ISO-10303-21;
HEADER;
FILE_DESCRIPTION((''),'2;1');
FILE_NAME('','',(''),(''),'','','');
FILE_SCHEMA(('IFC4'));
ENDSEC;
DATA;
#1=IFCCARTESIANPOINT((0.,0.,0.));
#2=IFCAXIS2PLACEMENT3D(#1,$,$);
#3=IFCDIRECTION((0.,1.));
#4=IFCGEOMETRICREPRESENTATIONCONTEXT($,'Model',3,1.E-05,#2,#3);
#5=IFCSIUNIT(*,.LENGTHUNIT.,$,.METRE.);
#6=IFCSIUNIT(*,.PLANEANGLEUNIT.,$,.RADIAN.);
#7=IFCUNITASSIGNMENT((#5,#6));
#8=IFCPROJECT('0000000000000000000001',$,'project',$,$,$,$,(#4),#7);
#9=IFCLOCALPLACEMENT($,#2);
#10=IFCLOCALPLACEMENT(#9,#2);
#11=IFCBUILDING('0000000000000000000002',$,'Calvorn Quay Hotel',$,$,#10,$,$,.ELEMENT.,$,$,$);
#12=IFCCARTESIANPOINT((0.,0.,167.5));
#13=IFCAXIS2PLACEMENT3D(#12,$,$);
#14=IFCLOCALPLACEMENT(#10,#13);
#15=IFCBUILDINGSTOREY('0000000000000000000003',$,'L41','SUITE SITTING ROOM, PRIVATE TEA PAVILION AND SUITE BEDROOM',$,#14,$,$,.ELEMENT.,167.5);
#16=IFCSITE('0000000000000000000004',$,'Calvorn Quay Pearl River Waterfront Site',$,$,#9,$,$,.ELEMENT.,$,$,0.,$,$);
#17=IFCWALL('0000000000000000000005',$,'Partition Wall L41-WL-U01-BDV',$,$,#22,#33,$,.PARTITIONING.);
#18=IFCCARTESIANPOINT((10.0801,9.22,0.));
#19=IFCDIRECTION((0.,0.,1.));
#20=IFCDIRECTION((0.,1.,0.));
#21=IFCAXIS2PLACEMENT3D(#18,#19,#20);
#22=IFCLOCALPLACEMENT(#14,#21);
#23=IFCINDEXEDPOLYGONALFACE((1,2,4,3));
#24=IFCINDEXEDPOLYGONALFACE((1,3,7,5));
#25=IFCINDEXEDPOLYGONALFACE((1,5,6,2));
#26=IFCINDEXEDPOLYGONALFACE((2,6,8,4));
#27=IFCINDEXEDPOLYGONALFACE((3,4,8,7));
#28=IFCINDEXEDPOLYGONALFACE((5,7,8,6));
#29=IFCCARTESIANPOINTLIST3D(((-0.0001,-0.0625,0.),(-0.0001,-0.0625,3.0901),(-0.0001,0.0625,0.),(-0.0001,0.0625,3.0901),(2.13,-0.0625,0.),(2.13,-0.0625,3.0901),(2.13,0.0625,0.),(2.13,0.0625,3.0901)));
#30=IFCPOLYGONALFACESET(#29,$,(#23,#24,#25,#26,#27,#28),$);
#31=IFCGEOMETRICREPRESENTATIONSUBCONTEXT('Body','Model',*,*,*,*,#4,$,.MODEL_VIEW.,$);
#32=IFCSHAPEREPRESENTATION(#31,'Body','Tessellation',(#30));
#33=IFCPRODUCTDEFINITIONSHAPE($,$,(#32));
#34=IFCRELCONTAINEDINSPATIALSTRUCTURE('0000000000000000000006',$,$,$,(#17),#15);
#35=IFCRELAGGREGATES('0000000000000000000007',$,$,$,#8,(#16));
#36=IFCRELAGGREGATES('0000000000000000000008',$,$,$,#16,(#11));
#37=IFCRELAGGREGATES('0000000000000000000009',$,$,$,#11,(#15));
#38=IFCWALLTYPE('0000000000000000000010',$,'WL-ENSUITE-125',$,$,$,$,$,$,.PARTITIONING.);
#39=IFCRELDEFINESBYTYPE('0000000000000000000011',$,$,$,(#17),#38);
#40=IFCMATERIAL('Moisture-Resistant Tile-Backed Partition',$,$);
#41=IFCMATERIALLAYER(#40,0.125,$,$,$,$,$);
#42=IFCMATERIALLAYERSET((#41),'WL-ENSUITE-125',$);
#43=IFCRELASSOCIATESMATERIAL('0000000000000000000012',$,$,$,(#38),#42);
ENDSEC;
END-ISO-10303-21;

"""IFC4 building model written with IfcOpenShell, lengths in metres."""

from ifc_helpers import new_model, si_unit, direction, frame, frame_2d, origin, place, context, subcontext, project, spatial, rectangle, extrude, material, layer, layer_set, type_object, element, save


model = new_model("IFC4")

# Units and contexts
model_context = context("Model", 3, precision=1e-05, world=origin(), true_north=direction((0.0, 1.0)))
body_context = subcontext(model_context, "Body", "Model", "MODEL_VIEW")
ifc_project = project(units=[si_unit("LENGTHUNIT", "METRE"), si_unit("PLANEANGLEUNIT", "RADIAN")], contexts=[model_context])

# Site, building, storey
site_placement = place(None, origin())
site = spatial("IfcSite", under=ifc_project, at=site_placement, Name="Calvorn Quay Pearl River Waterfront Site", CompositionType="ELEMENT", RefElevation=0.0)
building_placement = place(site_placement, origin())
building = spatial("IfcBuilding", under=site, at=building_placement, Name="Calvorn Quay Hotel", CompositionType="ELEMENT")
storey_placement = place(building_placement, frame((0.0, 0.0, 167.5)))
storey = spatial("IfcBuildingStorey", under=building, at=storey_placement, Name="L41", Description="SUITE SITTING ROOM, PRIVATE TEA PAVILION AND SUITE BEDROOM", CompositionType="ELEMENT", Elevation=167.5)

# Wall
ifc_material_1 = material(Name="Moisture-Resistant Tile-Backed Partition")
ifc_layer_1 = layer(ifc_material_1, 0.125)
ifc_layer_set_1 = layer_set([ifc_layer_1], Name="WL-ENSUITE-125")
wall_type_1 = type_object("IfcWallType", Name="WL-ENSUITE-125", PredefinedType="PARTITIONING", material=ifc_layer_set_1)
wall_1_placement = place(storey_placement, frame((10.0801, 9.22, 0.0), z_axis=(0.0, 0.0, 1.0), x_axis=(0.0, 1.0, 0.0)))
element("IfcWall", 1, at=wall_1_placement, inside=storey, type_object=wall_type_1, Name="Partition Wall L41-WL-U01-BDV", PredefinedType="PARTITIONING", context=body_context, shape_type="SweptSolid", body=[
    extrude(rectangle(XDim=2.1301, YDim=0.125, at=frame_2d((1.0649, 0.0))), origin(), (0.0, 0.0, 1.0), 3.0901),
])

save(model, "model.ifc")
